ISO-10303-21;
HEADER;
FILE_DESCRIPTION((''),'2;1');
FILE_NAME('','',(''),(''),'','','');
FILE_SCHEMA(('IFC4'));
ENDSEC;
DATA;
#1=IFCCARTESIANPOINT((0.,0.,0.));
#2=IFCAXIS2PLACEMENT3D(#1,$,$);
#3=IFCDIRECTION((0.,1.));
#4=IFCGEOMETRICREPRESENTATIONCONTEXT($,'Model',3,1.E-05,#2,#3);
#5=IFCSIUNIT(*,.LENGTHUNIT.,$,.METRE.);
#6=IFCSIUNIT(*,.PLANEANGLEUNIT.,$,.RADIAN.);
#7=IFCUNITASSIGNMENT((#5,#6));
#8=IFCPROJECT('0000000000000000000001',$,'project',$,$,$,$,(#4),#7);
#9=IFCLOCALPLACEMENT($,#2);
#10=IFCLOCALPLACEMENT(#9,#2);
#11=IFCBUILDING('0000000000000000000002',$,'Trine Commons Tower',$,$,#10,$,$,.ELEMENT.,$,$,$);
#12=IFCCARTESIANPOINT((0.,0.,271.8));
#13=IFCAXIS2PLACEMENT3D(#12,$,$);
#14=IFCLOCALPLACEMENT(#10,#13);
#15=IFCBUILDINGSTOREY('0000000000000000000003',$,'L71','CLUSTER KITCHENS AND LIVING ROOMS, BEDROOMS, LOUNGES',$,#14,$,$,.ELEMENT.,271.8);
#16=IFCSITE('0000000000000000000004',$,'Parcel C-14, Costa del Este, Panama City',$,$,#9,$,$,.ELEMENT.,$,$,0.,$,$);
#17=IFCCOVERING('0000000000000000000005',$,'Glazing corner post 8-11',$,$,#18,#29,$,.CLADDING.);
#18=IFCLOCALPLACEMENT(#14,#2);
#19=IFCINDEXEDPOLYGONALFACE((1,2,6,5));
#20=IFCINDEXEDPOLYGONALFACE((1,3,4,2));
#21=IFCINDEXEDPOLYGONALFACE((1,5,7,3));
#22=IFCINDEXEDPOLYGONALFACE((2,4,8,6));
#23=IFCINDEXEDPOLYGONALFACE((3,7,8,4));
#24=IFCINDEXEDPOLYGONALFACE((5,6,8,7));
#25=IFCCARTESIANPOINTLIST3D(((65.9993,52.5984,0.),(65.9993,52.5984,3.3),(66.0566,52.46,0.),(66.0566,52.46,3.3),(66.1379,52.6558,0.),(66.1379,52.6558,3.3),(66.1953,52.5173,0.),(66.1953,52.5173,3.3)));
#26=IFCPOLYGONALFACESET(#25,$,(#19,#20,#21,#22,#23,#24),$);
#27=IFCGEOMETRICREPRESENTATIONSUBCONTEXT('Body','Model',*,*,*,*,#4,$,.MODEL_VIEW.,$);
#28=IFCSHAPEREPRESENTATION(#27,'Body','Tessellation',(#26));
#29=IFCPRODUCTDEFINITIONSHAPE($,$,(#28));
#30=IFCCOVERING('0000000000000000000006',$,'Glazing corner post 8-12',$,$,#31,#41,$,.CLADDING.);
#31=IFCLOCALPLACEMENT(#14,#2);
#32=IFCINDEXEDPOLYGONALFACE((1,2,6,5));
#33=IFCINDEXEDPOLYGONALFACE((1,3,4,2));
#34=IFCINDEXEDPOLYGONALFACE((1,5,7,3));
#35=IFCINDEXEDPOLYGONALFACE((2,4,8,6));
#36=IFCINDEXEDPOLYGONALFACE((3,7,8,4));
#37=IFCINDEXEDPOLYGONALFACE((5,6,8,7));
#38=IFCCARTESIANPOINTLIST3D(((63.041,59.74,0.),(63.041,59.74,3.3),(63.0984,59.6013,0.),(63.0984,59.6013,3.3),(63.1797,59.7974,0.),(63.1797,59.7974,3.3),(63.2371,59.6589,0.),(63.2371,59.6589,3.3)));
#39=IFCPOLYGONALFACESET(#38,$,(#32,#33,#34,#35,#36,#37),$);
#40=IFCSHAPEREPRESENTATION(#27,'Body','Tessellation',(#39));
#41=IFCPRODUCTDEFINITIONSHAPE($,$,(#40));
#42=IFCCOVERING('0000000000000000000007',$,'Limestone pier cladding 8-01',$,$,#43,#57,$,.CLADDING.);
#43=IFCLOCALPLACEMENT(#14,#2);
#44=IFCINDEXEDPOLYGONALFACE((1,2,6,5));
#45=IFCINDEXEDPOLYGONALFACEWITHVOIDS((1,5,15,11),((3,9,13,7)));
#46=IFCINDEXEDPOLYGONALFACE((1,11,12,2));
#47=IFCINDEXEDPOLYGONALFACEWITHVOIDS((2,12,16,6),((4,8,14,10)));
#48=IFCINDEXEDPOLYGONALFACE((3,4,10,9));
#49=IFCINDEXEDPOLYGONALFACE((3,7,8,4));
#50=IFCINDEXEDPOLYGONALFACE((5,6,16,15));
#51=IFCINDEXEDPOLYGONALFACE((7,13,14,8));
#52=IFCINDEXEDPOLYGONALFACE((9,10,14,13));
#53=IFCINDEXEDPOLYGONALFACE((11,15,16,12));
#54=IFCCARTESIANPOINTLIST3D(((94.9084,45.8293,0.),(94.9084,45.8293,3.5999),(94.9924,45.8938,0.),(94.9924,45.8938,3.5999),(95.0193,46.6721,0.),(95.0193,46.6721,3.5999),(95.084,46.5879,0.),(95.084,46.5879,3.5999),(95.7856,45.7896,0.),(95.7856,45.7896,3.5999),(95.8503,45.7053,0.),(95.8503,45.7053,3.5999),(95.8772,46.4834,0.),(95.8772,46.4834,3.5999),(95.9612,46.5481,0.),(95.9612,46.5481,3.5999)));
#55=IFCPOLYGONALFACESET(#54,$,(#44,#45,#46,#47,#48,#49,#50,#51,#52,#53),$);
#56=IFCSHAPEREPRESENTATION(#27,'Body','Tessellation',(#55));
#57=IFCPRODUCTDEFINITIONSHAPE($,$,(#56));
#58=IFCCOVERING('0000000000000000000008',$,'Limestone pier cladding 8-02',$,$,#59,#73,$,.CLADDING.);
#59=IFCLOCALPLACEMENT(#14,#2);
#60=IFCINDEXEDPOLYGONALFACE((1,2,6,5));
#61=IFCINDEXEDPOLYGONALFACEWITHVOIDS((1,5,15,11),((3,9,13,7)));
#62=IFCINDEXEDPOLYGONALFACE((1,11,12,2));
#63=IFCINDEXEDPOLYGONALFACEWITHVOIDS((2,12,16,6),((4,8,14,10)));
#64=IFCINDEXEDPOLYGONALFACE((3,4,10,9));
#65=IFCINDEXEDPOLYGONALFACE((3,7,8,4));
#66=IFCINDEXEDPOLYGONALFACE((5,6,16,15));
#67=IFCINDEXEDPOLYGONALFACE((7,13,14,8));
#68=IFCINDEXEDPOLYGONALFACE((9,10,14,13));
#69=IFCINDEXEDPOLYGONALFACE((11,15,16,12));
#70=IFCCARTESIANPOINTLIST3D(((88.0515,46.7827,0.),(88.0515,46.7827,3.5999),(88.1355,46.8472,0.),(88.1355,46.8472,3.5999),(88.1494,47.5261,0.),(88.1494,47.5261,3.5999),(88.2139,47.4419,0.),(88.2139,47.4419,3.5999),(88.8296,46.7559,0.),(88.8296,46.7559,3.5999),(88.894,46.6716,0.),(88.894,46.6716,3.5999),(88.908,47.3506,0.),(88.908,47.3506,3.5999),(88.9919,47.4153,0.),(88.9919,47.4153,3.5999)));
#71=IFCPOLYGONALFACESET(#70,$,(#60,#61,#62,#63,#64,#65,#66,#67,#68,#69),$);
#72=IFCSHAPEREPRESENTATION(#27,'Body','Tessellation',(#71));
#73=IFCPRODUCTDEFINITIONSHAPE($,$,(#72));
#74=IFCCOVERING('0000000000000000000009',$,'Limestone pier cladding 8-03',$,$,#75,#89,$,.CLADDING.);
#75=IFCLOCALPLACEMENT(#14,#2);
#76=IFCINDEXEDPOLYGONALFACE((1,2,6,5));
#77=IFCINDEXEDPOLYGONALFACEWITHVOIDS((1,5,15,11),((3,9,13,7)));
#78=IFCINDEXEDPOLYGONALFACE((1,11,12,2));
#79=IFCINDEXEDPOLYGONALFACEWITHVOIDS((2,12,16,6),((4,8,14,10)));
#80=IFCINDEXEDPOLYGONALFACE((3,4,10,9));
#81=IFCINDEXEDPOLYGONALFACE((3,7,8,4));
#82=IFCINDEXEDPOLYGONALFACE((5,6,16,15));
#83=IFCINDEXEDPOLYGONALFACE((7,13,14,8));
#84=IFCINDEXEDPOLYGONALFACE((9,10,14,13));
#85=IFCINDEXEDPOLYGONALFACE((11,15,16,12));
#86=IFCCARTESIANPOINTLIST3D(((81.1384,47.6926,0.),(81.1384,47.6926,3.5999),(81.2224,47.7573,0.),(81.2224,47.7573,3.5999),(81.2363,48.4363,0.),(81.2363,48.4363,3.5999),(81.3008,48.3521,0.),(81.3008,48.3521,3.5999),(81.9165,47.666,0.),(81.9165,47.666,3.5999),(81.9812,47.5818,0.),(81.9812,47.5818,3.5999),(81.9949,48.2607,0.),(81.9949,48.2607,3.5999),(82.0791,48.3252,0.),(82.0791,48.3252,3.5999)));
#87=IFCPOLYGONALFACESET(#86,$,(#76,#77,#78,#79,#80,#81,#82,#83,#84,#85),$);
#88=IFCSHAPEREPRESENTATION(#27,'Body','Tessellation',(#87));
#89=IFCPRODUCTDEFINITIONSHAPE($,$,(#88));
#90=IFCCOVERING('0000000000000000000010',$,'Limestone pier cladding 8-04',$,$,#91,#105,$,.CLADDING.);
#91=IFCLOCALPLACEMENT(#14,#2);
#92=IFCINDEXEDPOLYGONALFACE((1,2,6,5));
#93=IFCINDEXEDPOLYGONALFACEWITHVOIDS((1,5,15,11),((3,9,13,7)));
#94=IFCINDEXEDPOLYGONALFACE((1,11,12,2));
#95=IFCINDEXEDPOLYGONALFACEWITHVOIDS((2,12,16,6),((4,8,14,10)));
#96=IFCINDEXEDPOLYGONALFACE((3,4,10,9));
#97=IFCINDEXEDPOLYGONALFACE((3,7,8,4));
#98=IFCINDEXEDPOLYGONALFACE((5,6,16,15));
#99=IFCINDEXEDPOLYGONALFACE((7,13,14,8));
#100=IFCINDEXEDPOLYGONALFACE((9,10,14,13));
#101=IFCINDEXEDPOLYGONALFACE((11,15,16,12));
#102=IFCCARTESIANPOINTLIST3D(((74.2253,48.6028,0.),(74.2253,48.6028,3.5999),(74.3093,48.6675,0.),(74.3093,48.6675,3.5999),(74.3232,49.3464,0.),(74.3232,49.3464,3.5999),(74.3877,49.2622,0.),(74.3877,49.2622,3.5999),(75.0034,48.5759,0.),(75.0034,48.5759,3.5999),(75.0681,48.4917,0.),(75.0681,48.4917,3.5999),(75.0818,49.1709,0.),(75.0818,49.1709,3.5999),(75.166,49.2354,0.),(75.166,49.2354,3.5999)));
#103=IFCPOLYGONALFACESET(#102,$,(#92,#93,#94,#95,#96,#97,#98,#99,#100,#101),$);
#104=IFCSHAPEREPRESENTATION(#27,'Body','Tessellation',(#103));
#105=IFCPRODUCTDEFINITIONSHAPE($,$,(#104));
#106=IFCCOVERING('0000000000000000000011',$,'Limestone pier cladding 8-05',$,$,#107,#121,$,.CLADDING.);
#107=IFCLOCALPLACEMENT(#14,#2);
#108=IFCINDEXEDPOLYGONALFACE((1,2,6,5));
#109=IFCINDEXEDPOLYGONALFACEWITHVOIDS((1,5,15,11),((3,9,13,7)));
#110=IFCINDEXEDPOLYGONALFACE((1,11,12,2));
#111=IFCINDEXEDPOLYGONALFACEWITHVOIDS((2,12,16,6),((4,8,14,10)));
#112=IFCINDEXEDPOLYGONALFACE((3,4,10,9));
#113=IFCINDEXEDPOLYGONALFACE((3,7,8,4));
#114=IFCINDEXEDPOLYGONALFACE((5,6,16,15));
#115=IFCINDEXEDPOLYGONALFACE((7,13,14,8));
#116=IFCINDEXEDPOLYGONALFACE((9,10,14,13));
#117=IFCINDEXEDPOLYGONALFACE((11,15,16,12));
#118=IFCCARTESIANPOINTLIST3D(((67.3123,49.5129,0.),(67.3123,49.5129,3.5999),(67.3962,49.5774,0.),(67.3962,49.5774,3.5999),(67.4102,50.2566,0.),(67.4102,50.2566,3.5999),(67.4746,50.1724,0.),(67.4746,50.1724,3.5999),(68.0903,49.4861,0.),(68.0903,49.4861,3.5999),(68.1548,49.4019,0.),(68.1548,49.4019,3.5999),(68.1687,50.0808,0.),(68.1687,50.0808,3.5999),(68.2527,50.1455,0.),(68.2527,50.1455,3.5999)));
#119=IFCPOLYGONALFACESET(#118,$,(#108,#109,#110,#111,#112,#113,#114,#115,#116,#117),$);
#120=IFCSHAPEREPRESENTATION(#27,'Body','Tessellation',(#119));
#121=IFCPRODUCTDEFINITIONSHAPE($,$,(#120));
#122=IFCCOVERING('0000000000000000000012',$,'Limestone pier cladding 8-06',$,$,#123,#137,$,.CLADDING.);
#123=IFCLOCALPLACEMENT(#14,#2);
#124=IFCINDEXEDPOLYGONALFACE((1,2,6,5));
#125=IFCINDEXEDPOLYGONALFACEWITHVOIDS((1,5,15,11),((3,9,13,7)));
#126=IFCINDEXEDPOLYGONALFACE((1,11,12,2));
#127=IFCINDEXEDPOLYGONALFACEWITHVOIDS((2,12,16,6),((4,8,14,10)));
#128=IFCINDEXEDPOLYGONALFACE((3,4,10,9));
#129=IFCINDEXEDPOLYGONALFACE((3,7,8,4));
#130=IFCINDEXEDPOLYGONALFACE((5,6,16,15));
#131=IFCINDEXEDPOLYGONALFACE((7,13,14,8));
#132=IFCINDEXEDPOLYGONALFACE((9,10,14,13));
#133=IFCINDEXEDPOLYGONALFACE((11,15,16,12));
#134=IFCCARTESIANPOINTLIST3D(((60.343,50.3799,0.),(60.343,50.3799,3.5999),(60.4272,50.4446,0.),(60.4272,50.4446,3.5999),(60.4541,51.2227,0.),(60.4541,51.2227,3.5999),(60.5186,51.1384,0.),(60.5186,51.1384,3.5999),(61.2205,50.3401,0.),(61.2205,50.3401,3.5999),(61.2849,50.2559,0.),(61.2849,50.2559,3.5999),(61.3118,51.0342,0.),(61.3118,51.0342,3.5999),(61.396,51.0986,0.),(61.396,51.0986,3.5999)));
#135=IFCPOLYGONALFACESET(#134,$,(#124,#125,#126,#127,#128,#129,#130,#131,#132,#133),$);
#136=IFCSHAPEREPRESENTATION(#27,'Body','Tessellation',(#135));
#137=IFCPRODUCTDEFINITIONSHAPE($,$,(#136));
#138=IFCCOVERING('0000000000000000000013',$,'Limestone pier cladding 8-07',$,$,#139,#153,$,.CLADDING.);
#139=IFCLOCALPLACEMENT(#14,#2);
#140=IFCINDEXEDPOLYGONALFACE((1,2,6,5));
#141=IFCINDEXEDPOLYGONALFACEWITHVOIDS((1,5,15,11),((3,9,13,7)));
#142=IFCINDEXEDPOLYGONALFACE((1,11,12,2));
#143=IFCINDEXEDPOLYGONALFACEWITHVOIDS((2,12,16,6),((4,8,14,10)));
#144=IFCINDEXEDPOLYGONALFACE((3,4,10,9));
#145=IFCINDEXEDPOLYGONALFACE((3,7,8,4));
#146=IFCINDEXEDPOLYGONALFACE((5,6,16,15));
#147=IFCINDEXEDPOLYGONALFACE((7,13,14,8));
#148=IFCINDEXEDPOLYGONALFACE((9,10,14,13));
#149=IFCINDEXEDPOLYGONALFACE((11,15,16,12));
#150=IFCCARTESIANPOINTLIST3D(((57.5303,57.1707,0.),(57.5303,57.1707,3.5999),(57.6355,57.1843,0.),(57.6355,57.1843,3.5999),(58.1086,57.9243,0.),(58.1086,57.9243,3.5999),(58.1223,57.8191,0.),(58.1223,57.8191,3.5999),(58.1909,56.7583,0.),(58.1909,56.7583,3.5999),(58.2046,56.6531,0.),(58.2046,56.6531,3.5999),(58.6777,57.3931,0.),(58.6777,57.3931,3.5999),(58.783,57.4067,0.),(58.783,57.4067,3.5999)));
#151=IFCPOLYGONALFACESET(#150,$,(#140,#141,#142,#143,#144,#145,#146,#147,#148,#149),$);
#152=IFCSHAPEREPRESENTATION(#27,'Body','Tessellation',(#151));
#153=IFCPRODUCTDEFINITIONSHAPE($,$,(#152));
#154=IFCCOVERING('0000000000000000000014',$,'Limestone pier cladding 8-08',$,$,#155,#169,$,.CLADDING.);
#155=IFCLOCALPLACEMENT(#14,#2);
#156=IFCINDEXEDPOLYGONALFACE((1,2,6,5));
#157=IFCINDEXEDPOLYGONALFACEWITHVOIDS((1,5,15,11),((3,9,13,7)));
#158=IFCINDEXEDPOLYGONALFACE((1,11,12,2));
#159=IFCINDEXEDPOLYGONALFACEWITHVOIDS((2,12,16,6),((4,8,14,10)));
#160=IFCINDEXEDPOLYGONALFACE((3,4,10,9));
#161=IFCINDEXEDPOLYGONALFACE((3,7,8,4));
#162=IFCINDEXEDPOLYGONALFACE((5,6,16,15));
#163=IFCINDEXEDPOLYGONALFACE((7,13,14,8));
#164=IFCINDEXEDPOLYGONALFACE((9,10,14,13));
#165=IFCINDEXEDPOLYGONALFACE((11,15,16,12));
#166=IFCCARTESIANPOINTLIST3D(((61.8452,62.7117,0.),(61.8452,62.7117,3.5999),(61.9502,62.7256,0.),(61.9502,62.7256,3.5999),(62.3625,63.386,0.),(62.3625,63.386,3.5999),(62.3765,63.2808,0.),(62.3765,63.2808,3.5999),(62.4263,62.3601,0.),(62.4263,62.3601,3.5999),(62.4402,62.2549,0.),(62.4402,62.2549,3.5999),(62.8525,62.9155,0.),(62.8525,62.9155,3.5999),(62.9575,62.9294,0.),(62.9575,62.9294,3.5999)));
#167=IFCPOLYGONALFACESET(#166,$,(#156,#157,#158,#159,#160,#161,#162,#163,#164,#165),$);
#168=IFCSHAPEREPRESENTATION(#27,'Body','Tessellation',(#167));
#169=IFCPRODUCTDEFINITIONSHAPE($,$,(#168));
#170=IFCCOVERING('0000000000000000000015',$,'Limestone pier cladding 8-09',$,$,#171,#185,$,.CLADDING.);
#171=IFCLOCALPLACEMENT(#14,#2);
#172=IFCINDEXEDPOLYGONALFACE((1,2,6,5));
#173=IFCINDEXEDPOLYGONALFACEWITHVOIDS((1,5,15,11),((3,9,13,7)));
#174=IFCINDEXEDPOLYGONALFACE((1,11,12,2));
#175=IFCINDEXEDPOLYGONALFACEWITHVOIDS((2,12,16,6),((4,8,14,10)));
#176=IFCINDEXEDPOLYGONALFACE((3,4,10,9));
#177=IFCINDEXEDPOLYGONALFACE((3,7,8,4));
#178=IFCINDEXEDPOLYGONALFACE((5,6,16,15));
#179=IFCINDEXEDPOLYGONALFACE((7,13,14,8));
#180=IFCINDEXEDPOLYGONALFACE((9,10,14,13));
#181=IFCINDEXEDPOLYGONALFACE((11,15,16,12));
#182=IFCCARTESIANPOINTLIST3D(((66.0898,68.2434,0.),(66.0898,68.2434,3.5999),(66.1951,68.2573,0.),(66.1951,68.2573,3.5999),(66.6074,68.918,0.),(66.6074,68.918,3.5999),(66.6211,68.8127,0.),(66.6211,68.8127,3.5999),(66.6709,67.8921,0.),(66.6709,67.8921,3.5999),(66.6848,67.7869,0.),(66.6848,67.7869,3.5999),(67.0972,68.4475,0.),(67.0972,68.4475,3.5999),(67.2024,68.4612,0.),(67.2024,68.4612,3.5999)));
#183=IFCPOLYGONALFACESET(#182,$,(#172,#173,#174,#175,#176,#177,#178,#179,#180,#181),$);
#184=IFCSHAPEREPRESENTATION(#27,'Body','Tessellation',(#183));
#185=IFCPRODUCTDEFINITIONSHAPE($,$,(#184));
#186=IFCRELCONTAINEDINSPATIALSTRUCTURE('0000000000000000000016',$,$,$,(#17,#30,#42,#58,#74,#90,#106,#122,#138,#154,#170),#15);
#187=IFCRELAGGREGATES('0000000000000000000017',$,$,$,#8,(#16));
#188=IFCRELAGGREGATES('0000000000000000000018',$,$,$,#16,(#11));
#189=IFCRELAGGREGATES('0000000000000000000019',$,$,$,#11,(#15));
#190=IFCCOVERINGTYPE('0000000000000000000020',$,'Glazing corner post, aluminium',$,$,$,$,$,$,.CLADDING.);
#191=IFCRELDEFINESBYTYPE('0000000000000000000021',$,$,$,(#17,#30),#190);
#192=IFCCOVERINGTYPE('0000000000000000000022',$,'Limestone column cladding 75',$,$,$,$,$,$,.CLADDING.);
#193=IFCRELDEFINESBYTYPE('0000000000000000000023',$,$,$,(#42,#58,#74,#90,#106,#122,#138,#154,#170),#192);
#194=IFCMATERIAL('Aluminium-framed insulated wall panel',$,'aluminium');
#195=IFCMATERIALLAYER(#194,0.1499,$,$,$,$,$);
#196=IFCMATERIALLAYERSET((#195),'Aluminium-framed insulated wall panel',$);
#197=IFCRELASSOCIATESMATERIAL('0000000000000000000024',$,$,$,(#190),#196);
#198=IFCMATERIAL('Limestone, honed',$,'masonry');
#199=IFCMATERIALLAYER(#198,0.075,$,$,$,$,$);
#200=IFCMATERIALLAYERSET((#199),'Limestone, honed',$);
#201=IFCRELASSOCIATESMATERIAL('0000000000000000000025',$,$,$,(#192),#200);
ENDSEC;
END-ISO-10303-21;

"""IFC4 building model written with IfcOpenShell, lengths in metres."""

from ifc_helpers import new_model, si_unit, direction, frame, origin, place, context, subcontext, project, spatial, polyline, outline, extrude, material, layer, layer_set, type_object, element, save


model = new_model("IFC4")

# Units and contexts
model_context = context("Model", 3, precision=1e-05, world=origin(), true_north=direction((0.0, 1.0)))
body_context = subcontext(model_context, "Body", "Model", "MODEL_VIEW")
ifc_project = project(units=[si_unit("LENGTHUNIT", "METRE"), si_unit("PLANEANGLEUNIT", "RADIAN")], contexts=[model_context])

# Site, building, storey
site_placement = place(None, origin())
site = spatial("IfcSite", under=ifc_project, at=site_placement, Name="Parcel C-14, Costa del Este, Panama City", CompositionType="ELEMENT", RefElevation=0.0)
building_placement = place(site_placement, origin())
building = spatial("IfcBuilding", under=site, at=building_placement, Name="Trine Commons Tower", CompositionType="ELEMENT")
storey_placement = place(building_placement, frame((0.0, 0.0, 271.8)))
storey = spatial("IfcBuildingStorey", under=building, at=storey_placement, Name="L71", Description="CLUSTER KITCHENS AND LIVING ROOMS, BEDROOMS, LOUNGES", CompositionType="ELEMENT", Elevation=271.8)

# Coverings
ifc_material_1 = material(Name="Aluminium-framed insulated wall panel", Category="aluminium")
ifc_layer_1 = layer(ifc_material_1, 0.1499)
ifc_layer_set_1 = layer_set([ifc_layer_1], Name="Aluminium-framed insulated wall panel")
covering_type_1 = type_object("IfcCoveringType", Name="Glazing corner post, aluminium", PredefinedType="CLADDING", material=ifc_layer_set_1)
covering_1_placement = place(storey_placement, origin())
element("IfcCovering", 1, at=covering_1_placement, inside=storey, type_object=covering_type_1, Name="Glazing corner post 8-11", PredefinedType="CLADDING", context=body_context, shape_type="SweptSolid", body=[
    extrude(outline(polyline([(66.0566, 52.46), (66.1953, 52.5173), (66.1379, 52.6558), (65.9993, 52.5984), (66.0566, 52.46)])), origin(), (0.0, 0.0, 1.0), 3.3),
])
covering_2_placement = place(storey_placement, origin())
element("IfcCovering", 2, at=covering_2_placement, inside=storey, type_object=covering_type_1, Name="Glazing corner post 8-12", PredefinedType="CLADDING", context=body_context, shape_type="SweptSolid", body=[
    extrude(outline(polyline([(63.041, 59.74), (63.0984, 59.6013), (63.2371, 59.6589), (63.1797, 59.7974), (63.041, 59.74)])), origin(), (0.0, 0.0, 1.0), 3.3),
])
ifc_material_2 = material(Name="Limestone, honed", Category="masonry")
ifc_layer_2 = layer(ifc_material_2, 0.075)
ifc_layer_set_2 = layer_set([ifc_layer_2], Name="Limestone, honed")
covering_type_2 = type_object("IfcCoveringType", Name="Limestone column cladding 75", PredefinedType="CLADDING", material=ifc_layer_set_2)
covering_3_placement = place(storey_placement, origin())
element("IfcCovering", 3, at=covering_3_placement, inside=storey, type_object=covering_type_2, Name="Limestone pier cladding 8-01", PredefinedType="CLADDING", context=body_context, shape_type="SweptSolid", body=[
    extrude(outline(polyline([(95.0193, 46.6721), (94.9084, 45.8293), (95.8503, 45.7053), (95.9612, 46.5481), (95.0193, 46.6721)]), holes=[polyline([(95.084, 46.5879), (94.9924, 45.8938), (95.7856, 45.7896), (95.8772, 46.4834), (95.084, 46.5879)])]), origin(), (0.0, 0.0, 1.0), 3.5999),
])
covering_4_placement = place(storey_placement, origin())
element("IfcCovering", 4, at=covering_4_placement, inside=storey, type_object=covering_type_2, Name="Limestone pier cladding 8-02", PredefinedType="CLADDING", context=body_context, shape_type="SweptSolid", body=[
    extrude(outline(polyline([(88.1494, 47.5261), (88.0515, 46.7827), (88.894, 46.6716), (88.9919, 47.4153), (88.1494, 47.5261)]), holes=[polyline([(88.2139, 47.4419), (88.1355, 46.8472), (88.8296, 46.7559), (88.908, 47.3506), (88.2139, 47.4419)])]), origin(), (0.0, 0.0, 1.0), 3.5999),
])
covering_5_placement = place(storey_placement, origin())
element("IfcCovering", 5, at=covering_5_placement, inside=storey, type_object=covering_type_2, Name="Limestone pier cladding 8-03", PredefinedType="CLADDING", context=body_context, shape_type="SweptSolid", body=[
    extrude(outline(polyline([(81.2363, 48.4363), (81.1384, 47.6926), (81.9812, 47.5818), (82.0791, 48.3252), (81.2363, 48.4363)]), holes=[polyline([(81.3008, 48.3521), (81.2224, 47.7573), (81.9165, 47.666), (81.9949, 48.2607), (81.3008, 48.3521)])]), origin(), (0.0, 0.0, 1.0), 3.5999),
])
covering_6_placement = place(storey_placement, origin())
element("IfcCovering", 6, at=covering_6_placement, inside=storey, type_object=covering_type_2, Name="Limestone pier cladding 8-04", PredefinedType="CLADDING", context=body_context, shape_type="SweptSolid", body=[
    extrude(outline(polyline([(74.3232, 49.3464), (74.2253, 48.6028), (75.0681, 48.4917), (75.166, 49.2354), (74.3232, 49.3464)]), holes=[polyline([(74.3877, 49.2622), (74.3093, 48.6675), (75.0034, 48.5759), (75.0818, 49.1709), (74.3877, 49.2622)])]), origin(), (0.0, 0.0, 1.0), 3.5999),
])
covering_7_placement = place(storey_placement, origin())
element("IfcCovering", 7, at=covering_7_placement, inside=storey, type_object=covering_type_2, Name="Limestone pier cladding 8-05", PredefinedType="CLADDING", context=body_context, shape_type="SweptSolid", body=[
    extrude(outline(polyline([(67.4102, 50.2566), (67.3123, 49.5129), (68.1548, 49.4019), (68.2527, 50.1455), (67.4102, 50.2566)]), holes=[polyline([(67.4746, 50.1724), (67.3962, 49.5774), (68.0903, 49.4861), (68.1687, 50.0808), (67.4746, 50.1724)])]), origin(), (0.0, 0.0, 1.0), 3.5999),
])
covering_8_placement = place(storey_placement, origin())
element("IfcCovering", 8, at=covering_8_placement, inside=storey, type_object=covering_type_2, Name="Limestone pier cladding 8-06", PredefinedType="CLADDING", context=body_context, shape_type="SweptSolid", body=[
    extrude(outline(polyline([(60.4541, 51.2227), (60.343, 50.3799), (61.2849, 50.2559), (61.396, 51.0986), (60.4541, 51.2227)]), holes=[polyline([(60.5186, 51.1384), (60.4272, 50.4446), (61.2205, 50.3401), (61.3118, 51.0342), (60.5186, 51.1384)])]), origin(), (0.0, 0.0, 1.0), 3.5999),
])
covering_9_placement = place(storey_placement, origin())
element("IfcCovering", 9, at=covering_9_placement, inside=storey, type_object=covering_type_2, Name="Limestone pier cladding 8-07", PredefinedType="CLADDING", context=body_context, shape_type="SweptSolid", body=[
    extrude(outline(polyline([(58.783, 57.4067), (58.1086, 57.9243), (57.5303, 57.1707), (58.2046, 56.6531), (58.783, 57.4067)]), holes=[polyline([(58.6777, 57.3931), (58.1223, 57.8191), (57.6355, 57.1843), (58.1909, 56.7583), (58.6777, 57.3931)])]), origin(), (0.0, 0.0, 1.0), 3.5999),
])
covering_10_placement = place(storey_placement, origin())
element("IfcCovering", 10, at=covering_10_placement, inside=storey, type_object=covering_type_2, Name="Limestone pier cladding 8-08", PredefinedType="CLADDING", context=body_context, shape_type="SweptSolid", body=[
    extrude(outline(polyline([(62.9575, 62.9294), (62.3625, 63.386), (61.8452, 62.7117), (62.4402, 62.2549), (62.9575, 62.9294)]), holes=[polyline([(62.8525, 62.9155), (62.3765, 63.2808), (61.9502, 62.7256), (62.4263, 62.3601), (62.8525, 62.9155)])]), origin(), (0.0, 0.0, 1.0), 3.5999),
])
covering_11_placement = place(storey_placement, origin())
element("IfcCovering", 11, at=covering_11_placement, inside=storey, type_object=covering_type_2, Name="Limestone pier cladding 8-09", PredefinedType="CLADDING", context=body_context, shape_type="SweptSolid", body=[
    extrude(outline(polyline([(67.2024, 68.4612), (66.6074, 68.918), (66.0898, 68.2434), (66.6848, 67.7869), (67.2024, 68.4612)]), holes=[polyline([(67.0972, 68.4475), (66.6211, 68.8127), (66.1951, 68.2573), (66.6709, 67.8921), (67.0972, 68.4475)])]), origin(), (0.0, 0.0, 1.0), 3.5999),
])

save(model, "model.ifc")
